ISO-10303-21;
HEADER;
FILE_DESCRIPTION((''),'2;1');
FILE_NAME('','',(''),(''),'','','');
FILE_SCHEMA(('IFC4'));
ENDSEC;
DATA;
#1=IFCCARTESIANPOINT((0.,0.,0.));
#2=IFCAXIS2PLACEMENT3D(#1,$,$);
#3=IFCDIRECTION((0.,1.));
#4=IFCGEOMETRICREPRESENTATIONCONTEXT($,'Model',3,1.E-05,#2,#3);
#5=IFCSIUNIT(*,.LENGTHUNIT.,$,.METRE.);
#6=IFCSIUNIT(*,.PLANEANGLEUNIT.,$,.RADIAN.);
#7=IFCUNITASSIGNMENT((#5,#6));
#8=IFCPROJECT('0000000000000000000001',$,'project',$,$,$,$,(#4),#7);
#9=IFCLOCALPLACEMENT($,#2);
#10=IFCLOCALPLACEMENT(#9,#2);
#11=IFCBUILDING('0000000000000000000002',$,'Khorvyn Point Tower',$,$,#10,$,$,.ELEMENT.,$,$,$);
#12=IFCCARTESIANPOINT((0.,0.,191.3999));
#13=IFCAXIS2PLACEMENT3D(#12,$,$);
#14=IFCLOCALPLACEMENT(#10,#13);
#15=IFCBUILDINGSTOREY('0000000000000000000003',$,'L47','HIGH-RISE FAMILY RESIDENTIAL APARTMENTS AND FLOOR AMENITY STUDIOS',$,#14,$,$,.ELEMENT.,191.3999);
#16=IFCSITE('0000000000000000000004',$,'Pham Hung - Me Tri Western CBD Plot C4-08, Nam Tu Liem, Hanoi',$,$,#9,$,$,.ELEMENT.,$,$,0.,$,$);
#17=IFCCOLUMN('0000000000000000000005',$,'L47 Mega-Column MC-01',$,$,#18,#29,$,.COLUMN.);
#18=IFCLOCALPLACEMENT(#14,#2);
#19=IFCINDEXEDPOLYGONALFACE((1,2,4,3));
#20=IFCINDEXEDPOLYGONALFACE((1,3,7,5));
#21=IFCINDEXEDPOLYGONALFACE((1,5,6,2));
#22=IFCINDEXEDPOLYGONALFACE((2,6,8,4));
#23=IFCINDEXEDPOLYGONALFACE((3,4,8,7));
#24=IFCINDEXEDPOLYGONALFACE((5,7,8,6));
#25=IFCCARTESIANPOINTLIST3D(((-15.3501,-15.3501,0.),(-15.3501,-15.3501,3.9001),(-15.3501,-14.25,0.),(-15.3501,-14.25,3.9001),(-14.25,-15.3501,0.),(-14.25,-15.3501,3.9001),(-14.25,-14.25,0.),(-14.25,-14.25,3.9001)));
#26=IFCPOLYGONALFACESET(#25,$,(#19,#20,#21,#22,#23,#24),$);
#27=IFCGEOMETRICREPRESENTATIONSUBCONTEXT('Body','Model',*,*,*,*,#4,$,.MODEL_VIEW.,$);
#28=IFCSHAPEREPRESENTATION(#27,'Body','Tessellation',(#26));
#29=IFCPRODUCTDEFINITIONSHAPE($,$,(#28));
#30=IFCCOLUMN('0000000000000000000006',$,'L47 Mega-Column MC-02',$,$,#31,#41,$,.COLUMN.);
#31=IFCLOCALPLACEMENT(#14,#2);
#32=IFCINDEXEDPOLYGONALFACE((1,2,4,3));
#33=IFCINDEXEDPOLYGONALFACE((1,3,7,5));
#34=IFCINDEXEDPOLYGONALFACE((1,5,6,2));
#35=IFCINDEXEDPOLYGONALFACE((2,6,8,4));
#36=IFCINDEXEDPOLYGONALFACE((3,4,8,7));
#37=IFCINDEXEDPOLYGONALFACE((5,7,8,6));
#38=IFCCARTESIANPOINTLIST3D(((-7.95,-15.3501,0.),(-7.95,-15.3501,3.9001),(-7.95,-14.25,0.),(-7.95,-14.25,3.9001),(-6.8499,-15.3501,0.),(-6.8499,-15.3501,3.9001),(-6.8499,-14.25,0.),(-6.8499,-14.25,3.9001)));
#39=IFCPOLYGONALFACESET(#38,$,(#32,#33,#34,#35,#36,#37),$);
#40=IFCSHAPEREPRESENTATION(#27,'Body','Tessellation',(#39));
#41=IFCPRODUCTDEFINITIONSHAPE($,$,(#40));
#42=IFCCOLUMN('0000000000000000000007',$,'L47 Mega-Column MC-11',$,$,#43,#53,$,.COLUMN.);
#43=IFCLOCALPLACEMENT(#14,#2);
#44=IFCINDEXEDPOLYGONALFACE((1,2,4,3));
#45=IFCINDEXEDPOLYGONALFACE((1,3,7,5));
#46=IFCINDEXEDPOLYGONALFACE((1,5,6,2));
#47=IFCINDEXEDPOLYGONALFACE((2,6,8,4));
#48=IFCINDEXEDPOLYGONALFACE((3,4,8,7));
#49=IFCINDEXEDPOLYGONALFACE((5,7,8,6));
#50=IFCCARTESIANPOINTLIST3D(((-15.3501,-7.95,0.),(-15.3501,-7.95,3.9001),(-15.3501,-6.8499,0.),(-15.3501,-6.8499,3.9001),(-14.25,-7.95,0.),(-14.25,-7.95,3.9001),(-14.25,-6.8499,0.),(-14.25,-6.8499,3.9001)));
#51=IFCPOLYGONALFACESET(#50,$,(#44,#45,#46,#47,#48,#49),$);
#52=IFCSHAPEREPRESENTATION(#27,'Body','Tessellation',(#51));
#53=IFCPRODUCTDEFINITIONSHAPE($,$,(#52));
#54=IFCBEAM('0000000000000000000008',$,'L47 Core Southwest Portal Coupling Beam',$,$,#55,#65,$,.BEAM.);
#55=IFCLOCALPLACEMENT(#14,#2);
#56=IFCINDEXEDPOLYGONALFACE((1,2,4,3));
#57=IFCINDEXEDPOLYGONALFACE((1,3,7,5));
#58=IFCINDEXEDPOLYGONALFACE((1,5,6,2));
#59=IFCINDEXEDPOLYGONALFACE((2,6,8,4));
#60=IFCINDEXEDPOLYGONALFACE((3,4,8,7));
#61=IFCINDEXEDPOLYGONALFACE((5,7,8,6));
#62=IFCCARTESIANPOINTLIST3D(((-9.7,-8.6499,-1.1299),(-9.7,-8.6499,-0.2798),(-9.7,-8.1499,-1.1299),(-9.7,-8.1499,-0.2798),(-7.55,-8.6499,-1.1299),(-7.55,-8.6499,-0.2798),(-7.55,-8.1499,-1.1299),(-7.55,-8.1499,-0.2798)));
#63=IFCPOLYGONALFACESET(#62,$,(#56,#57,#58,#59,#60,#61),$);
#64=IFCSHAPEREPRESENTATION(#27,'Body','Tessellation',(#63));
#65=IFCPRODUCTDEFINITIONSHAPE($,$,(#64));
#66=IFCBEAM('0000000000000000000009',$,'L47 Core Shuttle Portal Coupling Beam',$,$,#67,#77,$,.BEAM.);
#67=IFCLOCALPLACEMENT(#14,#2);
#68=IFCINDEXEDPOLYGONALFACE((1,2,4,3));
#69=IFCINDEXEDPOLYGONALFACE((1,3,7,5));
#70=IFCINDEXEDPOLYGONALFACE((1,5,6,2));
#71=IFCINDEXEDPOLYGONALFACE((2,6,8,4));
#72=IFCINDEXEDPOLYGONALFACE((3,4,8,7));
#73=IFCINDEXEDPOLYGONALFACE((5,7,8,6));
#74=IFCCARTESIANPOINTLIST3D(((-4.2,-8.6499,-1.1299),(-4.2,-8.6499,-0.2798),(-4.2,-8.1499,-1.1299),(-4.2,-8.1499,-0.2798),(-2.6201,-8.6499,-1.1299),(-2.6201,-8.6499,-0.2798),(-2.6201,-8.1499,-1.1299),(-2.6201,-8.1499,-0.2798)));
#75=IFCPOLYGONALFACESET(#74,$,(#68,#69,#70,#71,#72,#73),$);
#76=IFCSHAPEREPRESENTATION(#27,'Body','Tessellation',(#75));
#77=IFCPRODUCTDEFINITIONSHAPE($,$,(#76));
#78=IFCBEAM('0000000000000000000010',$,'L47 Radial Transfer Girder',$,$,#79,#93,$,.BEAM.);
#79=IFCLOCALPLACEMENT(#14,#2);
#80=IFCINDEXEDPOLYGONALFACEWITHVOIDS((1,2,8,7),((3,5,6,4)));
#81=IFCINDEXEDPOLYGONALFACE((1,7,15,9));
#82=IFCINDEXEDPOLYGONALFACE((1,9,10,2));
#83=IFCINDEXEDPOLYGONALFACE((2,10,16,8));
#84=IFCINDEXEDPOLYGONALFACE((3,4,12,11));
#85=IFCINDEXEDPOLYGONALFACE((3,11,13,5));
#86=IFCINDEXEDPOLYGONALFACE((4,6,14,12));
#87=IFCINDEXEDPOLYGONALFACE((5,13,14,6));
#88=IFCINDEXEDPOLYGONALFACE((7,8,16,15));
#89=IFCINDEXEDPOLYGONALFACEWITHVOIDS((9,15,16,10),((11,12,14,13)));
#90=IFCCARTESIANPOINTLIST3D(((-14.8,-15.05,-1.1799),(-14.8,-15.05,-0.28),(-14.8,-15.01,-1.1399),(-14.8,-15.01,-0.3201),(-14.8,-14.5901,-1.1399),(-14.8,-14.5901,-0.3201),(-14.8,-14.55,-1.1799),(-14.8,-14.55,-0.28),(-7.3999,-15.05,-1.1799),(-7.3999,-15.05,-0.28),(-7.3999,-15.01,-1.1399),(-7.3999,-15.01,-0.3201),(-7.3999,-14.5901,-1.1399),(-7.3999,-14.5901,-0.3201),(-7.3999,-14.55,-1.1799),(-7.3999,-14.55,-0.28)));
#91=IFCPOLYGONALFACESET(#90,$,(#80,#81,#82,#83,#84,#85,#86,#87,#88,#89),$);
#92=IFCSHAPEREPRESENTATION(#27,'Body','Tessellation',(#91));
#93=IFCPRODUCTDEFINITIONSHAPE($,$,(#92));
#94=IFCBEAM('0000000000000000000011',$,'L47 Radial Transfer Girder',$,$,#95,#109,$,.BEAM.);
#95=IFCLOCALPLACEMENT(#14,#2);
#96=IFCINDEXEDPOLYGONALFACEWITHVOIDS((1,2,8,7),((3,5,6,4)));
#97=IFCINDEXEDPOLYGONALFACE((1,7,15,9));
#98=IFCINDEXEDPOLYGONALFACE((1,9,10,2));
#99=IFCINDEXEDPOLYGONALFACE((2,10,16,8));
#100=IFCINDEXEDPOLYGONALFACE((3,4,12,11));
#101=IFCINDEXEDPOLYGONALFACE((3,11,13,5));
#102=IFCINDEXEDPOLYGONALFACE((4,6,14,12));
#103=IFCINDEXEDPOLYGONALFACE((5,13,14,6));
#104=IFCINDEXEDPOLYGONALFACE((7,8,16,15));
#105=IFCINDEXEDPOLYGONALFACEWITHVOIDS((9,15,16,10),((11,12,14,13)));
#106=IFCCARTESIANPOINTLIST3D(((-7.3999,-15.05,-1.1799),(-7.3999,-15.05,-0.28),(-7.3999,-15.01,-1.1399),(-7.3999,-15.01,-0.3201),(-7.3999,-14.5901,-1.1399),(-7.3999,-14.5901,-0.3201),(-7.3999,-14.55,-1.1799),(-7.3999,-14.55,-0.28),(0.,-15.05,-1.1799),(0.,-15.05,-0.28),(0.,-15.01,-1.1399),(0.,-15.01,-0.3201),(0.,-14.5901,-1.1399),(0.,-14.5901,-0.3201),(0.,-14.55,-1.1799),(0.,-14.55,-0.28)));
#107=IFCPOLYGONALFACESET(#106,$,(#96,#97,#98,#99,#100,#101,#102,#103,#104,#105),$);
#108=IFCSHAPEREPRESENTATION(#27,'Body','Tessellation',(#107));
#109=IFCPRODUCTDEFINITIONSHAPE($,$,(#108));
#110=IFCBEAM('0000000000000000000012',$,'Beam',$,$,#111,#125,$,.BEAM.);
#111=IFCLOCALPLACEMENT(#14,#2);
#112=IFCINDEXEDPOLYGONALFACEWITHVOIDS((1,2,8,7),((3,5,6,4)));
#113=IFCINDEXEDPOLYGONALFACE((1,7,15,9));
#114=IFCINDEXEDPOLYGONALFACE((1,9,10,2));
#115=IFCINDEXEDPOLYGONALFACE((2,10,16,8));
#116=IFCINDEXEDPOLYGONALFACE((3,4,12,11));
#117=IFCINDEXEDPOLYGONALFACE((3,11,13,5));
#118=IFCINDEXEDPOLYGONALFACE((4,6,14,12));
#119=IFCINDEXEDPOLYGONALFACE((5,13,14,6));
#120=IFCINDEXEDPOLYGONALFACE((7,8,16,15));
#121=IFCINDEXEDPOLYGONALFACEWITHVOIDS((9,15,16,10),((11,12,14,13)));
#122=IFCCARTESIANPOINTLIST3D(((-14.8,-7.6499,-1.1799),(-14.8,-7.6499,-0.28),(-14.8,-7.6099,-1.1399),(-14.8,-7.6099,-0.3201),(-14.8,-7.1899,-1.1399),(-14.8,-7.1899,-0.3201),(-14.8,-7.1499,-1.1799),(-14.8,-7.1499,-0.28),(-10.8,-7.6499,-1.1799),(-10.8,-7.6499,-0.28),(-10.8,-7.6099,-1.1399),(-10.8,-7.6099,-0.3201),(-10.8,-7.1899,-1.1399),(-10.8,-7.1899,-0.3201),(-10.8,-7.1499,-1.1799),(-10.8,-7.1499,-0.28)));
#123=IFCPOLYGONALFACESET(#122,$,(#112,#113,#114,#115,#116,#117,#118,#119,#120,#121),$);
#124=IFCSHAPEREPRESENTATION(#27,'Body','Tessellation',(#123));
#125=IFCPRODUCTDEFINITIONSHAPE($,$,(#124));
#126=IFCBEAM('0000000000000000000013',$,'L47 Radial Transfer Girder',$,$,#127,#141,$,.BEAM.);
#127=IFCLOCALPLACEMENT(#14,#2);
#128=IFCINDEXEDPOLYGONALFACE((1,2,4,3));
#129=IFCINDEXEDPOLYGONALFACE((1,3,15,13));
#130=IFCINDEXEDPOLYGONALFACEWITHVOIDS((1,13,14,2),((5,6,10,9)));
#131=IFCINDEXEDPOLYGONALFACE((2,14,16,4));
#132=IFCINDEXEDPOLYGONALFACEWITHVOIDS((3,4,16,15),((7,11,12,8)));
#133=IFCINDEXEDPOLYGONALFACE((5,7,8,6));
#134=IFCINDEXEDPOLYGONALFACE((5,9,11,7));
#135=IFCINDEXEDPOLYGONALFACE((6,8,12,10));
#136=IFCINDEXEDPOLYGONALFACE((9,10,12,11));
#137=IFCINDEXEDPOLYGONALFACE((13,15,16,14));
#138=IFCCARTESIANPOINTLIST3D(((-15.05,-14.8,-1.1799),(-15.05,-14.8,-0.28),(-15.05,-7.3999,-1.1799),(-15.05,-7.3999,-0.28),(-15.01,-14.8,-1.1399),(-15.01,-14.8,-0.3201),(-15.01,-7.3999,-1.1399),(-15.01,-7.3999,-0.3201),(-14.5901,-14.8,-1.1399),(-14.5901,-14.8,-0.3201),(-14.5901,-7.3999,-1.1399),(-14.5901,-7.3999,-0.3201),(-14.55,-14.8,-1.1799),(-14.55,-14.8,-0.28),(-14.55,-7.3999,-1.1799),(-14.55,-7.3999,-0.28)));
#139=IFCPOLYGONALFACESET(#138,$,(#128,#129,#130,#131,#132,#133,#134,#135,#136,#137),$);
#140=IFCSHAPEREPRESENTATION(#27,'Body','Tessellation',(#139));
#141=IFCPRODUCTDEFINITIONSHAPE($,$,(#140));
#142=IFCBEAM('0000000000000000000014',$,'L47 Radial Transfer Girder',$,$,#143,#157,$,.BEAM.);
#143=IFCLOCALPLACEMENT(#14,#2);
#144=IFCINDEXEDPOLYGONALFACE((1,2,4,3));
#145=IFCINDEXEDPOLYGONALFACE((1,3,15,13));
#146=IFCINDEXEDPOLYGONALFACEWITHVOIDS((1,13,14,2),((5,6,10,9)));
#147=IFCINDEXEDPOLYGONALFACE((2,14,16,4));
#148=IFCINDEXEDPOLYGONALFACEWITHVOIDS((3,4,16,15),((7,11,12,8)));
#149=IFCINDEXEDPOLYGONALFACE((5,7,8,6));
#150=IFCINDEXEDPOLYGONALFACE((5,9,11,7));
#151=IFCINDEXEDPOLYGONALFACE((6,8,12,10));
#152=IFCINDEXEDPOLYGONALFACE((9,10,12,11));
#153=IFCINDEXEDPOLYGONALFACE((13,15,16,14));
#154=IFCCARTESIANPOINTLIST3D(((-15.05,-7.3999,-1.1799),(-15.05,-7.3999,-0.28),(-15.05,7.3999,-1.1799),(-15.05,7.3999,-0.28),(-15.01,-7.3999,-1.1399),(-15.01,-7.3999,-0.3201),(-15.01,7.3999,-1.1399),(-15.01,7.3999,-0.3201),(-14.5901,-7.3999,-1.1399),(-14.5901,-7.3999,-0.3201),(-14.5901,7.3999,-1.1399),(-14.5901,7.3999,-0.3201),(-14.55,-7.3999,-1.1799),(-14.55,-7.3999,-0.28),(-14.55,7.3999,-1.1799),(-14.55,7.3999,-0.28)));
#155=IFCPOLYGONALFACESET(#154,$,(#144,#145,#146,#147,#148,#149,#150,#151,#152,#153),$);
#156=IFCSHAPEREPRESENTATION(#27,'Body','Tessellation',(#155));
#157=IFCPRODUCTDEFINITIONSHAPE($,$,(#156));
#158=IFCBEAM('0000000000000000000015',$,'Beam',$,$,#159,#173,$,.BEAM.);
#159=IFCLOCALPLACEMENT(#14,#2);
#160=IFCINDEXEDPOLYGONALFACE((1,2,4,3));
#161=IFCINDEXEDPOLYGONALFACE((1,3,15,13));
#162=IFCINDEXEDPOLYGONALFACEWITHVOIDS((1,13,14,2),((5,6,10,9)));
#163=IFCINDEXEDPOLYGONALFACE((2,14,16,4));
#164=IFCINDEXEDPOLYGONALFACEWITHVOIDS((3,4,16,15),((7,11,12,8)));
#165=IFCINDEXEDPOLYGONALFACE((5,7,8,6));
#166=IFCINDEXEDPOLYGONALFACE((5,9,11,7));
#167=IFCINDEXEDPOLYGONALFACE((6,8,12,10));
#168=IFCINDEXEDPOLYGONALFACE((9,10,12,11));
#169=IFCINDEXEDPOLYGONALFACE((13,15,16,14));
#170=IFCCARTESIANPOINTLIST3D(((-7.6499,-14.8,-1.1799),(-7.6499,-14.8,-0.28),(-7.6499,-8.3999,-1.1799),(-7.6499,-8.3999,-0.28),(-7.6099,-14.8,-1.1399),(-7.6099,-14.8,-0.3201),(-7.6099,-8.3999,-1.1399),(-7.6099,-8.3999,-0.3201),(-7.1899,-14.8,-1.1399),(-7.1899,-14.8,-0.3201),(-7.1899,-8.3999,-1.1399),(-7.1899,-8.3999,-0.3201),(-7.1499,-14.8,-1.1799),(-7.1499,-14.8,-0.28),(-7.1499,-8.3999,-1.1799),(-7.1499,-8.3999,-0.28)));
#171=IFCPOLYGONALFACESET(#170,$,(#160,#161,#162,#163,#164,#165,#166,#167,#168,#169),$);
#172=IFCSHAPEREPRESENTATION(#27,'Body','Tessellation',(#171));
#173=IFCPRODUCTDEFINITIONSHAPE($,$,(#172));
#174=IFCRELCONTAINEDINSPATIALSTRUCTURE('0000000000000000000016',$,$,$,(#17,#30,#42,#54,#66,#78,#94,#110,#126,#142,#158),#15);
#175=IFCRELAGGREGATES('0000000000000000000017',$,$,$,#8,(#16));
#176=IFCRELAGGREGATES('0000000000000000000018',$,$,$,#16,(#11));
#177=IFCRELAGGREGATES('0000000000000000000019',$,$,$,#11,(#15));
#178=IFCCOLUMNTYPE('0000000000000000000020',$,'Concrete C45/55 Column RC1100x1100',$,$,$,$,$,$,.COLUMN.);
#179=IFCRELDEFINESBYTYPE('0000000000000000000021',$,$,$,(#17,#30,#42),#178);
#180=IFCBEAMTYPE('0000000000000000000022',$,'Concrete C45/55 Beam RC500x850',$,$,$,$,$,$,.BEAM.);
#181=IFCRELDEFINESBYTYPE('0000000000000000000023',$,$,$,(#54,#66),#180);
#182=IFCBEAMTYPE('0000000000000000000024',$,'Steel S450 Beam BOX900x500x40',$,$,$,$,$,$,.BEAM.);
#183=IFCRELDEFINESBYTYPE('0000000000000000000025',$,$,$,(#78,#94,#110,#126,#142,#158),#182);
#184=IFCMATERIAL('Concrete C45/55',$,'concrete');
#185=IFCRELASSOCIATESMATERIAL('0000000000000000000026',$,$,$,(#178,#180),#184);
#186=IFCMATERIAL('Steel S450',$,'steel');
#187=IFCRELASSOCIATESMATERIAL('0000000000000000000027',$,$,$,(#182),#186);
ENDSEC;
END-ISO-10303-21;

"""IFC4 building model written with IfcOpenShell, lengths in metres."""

from ifc_helpers import new_model, si_unit, direction, frame, origin, origin_2d, place, context, subcontext, project, spatial, rectangle, hollow_rectangle, extrude, material, material_profile, profile_set, type_object, element, save


model = new_model("IFC4")

# Units and contexts
model_context = context("Model", 3, precision=1e-05, world=origin(), true_north=direction((0.0, 1.0)))
body_context = subcontext(model_context, "Body", "Model", "MODEL_VIEW")
ifc_project = project(units=[si_unit("LENGTHUNIT", "METRE"), si_unit("PLANEANGLEUNIT", "RADIAN")], contexts=[model_context])

# Site, building, storey
site_placement = place(None, origin())
site = spatial("IfcSite", under=ifc_project, at=site_placement, Name="Pham Hung - Me Tri Western CBD Plot C4-08, Nam Tu Liem, Hanoi", CompositionType="ELEMENT", RefElevation=0.0)
building_placement = place(site_placement, origin())
building = spatial("IfcBuilding", under=site, at=building_placement, Name="Khorvyn Point Tower", CompositionType="ELEMENT")
storey_placement = place(building_placement, frame((0.0, 0.0, 191.3999)))
storey = spatial("IfcBuildingStorey", under=building, at=storey_placement, Name="L47", Description="HIGH-RISE FAMILY RESIDENTIAL APARTMENTS AND FLOOR AMENITY STUDIOS", CompositionType="ELEMENT", Elevation=191.3999)

# Columns
ifc_material_1 = material(Name="Concrete C45/55", Category="concrete")
ifc_material_profile_1 = material_profile(ifc_material_1, rectangle(XDim=1.1001, YDim=1.1001, at=origin_2d()))
ifc_profile_set_1 = profile_set([ifc_material_profile_1], Name="Concrete C45/55 RC1100x1100")
column_type = type_object("IfcColumnType", Name="Concrete C45/55 Column RC1100x1100", PredefinedType="COLUMN", material=ifc_profile_set_1)
for number, where, z_axis, x_axis, name in (
    (1, (-14.8, -14.8, 0.0), (0.0, 0.0, 1.0), (1.0, 0.0, 0.0), "L47 Mega-Column MC-01"),
    (2, (-7.3999, -14.8, 0.0), (0.0, 0.0, 1.0), (1.0, 0.0, 0.0), "L47 Mega-Column MC-02"),
    (3, (-14.8, -7.3999, 0.0), (0.0, 0.0, 1.0), (1.0, 0.0, 0.0), "L47 Mega-Column MC-11"),
):
    element("IfcColumn", number, at=place(storey_placement, frame(where, z_axis=z_axis, x_axis=x_axis)), inside=storey, type_object=column_type, Name=name, PredefinedType="COLUMN", context=body_context, shape_type="SweptSolid", body=[
        extrude(rectangle(XDim=1.1001, YDim=1.1001, at=origin_2d()), origin(), (0.0, 0.0, 1.0), 3.9001),
    ])

# Beams
ifc_material_profile_2 = material_profile(ifc_material_1, rectangle(XDim=0.5, YDim=0.8501, at=origin_2d()))
ifc_profile_set_2 = profile_set([ifc_material_profile_2], Name="Concrete C45/55 RC500x850")
beam_type_1 = type_object("IfcBeamType", Name="Concrete C45/55 Beam RC500x850", PredefinedType="BEAM", material=ifc_profile_set_2)
beam_1_placement = place(storey_placement, frame((-9.7, -8.3999, -0.7048), z_axis=(1.0, 0.0, 0.0), x_axis=(0.0, 1.0, 0.0)))
element("IfcBeam", 4, at=beam_1_placement, inside=storey, type_object=beam_type_1, Name="L47 Core Southwest Portal Coupling Beam", PredefinedType="BEAM", context=body_context, shape_type="SweptSolid", body=[
    extrude(rectangle(XDim=0.5, YDim=0.8501, at=origin_2d()), origin(), (0.0, 0.0, 1.0), 2.1499),
])
beam_2_placement = place(storey_placement, frame((-4.2, -8.3999, -0.7048), z_axis=(1.0, 0.0, 0.0), x_axis=(0.0, 1.0, 0.0)))
element("IfcBeam", 5, at=beam_2_placement, inside=storey, type_object=beam_type_1, Name="L47 Core Shuttle Portal Coupling Beam", PredefinedType="BEAM", context=body_context, shape_type="SweptSolid", body=[
    extrude(rectangle(XDim=0.5, YDim=0.8501, at=origin_2d()), origin(), (0.0, 0.0, 1.0), 1.5798),
])
ifc_material_2 = material(Name="Steel S450", Category="steel")
ifc_material_profile_3 = material_profile(ifc_material_2, hollow_rectangle(XDim=0.5, YDim=0.8999, WallThickness=0.04, at=origin_2d()))
ifc_profile_set_3 = profile_set([ifc_material_profile_3], Name="Steel S450 BOX900x500x40")
beam_type_2 = type_object("IfcBeamType", Name="Steel S450 Beam BOX900x500x40", PredefinedType="BEAM", material=ifc_profile_set_3)
beam_3_placement = place(storey_placement, frame((-14.8, -14.8, -0.73), z_axis=(1.0, 0.0, 0.0), x_axis=(0.0, 1.0, 0.0)))
element("IfcBeam", 6, at=beam_3_placement, inside=storey, type_object=beam_type_2, Name="L47 Radial Transfer Girder", PredefinedType="BEAM", context=body_context, shape_type="SweptSolid", body=[
    extrude(hollow_rectangle(XDim=0.5, YDim=0.8999, WallThickness=0.04, at=origin_2d()), origin(), (0.0, 0.0, 1.0), 7.4001),
])
beam_4_placement = place(storey_placement, frame((-7.3999, -14.8, -0.73), z_axis=(1.0, 0.0, 0.0), x_axis=(0.0, 1.0, 0.0)))
element("IfcBeam", 7, at=beam_4_placement, inside=storey, type_object=beam_type_2, Name="L47 Radial Transfer Girder", PredefinedType="BEAM", context=body_context, shape_type="SweptSolid", body=[
    extrude(hollow_rectangle(XDim=0.5, YDim=0.8999, WallThickness=0.04, at=origin_2d()), origin(), (0.0, 0.0, 1.0), 7.3999),
])
beam_5_placement = place(storey_placement, frame((-14.8, -7.3999, -0.73), z_axis=(1.0, 0.0, 0.0), x_axis=(0.0, 1.0, 0.0)))
element("IfcBeam", 8, at=beam_5_placement, inside=storey, type_object=beam_type_2, Name="Beam", PredefinedType="BEAM", context=body_context, shape_type="SweptSolid", body=[
    extrude(hollow_rectangle(XDim=0.5, YDim=0.8999, WallThickness=0.04, at=origin_2d()), origin(), (0.0, 0.0, 1.0), 4.0),
])
beam_6_placement = place(storey_placement, frame((-14.8, -14.8, -0.73), z_axis=(0.0, 1.0, 0.0), x_axis=(-1.0, 0.0, 0.0)))
element("IfcBeam", 9, at=beam_6_placement, inside=storey, type_object=beam_type_2, Name="L47 Radial Transfer Girder", PredefinedType="BEAM", context=body_context, shape_type="SweptSolid", body=[
    extrude(hollow_rectangle(XDim=0.5, YDim=0.8999, WallThickness=0.04, at=origin_2d()), origin(), (0.0, 0.0, 1.0), 7.4001),
])
beam_7_placement = place(storey_placement, frame((-14.8, -7.3999, -0.73), z_axis=(0.0, 1.0, 0.0), x_axis=(-1.0, 0.0, 0.0)))
element("IfcBeam", 10, at=beam_7_placement, inside=storey, type_object=beam_type_2, Name="L47 Radial Transfer Girder", PredefinedType="BEAM", context=body_context, shape_type="SweptSolid", body=[
    extrude(hollow_rectangle(XDim=0.5, YDim=0.8999, WallThickness=0.04, at=origin_2d()), origin(), (0.0, 0.0, 1.0), 14.7998),
])
beam_8_placement = place(storey_placement, frame((-7.3999, -14.8, -0.73), z_axis=(0.0, 1.0, 0.0), x_axis=(-1.0, 0.0, 0.0)))
element("IfcBeam", 11, at=beam_8_placement, inside=storey, type_object=beam_type_2, Name="Beam", PredefinedType="BEAM", context=body_context, shape_type="SweptSolid", body=[
    extrude(hollow_rectangle(XDim=0.5, YDim=0.8999, WallThickness=0.04, at=origin_2d()), origin(), (0.0, 0.0, 1.0), 6.4001),
])

save(model, "model.ifc")
